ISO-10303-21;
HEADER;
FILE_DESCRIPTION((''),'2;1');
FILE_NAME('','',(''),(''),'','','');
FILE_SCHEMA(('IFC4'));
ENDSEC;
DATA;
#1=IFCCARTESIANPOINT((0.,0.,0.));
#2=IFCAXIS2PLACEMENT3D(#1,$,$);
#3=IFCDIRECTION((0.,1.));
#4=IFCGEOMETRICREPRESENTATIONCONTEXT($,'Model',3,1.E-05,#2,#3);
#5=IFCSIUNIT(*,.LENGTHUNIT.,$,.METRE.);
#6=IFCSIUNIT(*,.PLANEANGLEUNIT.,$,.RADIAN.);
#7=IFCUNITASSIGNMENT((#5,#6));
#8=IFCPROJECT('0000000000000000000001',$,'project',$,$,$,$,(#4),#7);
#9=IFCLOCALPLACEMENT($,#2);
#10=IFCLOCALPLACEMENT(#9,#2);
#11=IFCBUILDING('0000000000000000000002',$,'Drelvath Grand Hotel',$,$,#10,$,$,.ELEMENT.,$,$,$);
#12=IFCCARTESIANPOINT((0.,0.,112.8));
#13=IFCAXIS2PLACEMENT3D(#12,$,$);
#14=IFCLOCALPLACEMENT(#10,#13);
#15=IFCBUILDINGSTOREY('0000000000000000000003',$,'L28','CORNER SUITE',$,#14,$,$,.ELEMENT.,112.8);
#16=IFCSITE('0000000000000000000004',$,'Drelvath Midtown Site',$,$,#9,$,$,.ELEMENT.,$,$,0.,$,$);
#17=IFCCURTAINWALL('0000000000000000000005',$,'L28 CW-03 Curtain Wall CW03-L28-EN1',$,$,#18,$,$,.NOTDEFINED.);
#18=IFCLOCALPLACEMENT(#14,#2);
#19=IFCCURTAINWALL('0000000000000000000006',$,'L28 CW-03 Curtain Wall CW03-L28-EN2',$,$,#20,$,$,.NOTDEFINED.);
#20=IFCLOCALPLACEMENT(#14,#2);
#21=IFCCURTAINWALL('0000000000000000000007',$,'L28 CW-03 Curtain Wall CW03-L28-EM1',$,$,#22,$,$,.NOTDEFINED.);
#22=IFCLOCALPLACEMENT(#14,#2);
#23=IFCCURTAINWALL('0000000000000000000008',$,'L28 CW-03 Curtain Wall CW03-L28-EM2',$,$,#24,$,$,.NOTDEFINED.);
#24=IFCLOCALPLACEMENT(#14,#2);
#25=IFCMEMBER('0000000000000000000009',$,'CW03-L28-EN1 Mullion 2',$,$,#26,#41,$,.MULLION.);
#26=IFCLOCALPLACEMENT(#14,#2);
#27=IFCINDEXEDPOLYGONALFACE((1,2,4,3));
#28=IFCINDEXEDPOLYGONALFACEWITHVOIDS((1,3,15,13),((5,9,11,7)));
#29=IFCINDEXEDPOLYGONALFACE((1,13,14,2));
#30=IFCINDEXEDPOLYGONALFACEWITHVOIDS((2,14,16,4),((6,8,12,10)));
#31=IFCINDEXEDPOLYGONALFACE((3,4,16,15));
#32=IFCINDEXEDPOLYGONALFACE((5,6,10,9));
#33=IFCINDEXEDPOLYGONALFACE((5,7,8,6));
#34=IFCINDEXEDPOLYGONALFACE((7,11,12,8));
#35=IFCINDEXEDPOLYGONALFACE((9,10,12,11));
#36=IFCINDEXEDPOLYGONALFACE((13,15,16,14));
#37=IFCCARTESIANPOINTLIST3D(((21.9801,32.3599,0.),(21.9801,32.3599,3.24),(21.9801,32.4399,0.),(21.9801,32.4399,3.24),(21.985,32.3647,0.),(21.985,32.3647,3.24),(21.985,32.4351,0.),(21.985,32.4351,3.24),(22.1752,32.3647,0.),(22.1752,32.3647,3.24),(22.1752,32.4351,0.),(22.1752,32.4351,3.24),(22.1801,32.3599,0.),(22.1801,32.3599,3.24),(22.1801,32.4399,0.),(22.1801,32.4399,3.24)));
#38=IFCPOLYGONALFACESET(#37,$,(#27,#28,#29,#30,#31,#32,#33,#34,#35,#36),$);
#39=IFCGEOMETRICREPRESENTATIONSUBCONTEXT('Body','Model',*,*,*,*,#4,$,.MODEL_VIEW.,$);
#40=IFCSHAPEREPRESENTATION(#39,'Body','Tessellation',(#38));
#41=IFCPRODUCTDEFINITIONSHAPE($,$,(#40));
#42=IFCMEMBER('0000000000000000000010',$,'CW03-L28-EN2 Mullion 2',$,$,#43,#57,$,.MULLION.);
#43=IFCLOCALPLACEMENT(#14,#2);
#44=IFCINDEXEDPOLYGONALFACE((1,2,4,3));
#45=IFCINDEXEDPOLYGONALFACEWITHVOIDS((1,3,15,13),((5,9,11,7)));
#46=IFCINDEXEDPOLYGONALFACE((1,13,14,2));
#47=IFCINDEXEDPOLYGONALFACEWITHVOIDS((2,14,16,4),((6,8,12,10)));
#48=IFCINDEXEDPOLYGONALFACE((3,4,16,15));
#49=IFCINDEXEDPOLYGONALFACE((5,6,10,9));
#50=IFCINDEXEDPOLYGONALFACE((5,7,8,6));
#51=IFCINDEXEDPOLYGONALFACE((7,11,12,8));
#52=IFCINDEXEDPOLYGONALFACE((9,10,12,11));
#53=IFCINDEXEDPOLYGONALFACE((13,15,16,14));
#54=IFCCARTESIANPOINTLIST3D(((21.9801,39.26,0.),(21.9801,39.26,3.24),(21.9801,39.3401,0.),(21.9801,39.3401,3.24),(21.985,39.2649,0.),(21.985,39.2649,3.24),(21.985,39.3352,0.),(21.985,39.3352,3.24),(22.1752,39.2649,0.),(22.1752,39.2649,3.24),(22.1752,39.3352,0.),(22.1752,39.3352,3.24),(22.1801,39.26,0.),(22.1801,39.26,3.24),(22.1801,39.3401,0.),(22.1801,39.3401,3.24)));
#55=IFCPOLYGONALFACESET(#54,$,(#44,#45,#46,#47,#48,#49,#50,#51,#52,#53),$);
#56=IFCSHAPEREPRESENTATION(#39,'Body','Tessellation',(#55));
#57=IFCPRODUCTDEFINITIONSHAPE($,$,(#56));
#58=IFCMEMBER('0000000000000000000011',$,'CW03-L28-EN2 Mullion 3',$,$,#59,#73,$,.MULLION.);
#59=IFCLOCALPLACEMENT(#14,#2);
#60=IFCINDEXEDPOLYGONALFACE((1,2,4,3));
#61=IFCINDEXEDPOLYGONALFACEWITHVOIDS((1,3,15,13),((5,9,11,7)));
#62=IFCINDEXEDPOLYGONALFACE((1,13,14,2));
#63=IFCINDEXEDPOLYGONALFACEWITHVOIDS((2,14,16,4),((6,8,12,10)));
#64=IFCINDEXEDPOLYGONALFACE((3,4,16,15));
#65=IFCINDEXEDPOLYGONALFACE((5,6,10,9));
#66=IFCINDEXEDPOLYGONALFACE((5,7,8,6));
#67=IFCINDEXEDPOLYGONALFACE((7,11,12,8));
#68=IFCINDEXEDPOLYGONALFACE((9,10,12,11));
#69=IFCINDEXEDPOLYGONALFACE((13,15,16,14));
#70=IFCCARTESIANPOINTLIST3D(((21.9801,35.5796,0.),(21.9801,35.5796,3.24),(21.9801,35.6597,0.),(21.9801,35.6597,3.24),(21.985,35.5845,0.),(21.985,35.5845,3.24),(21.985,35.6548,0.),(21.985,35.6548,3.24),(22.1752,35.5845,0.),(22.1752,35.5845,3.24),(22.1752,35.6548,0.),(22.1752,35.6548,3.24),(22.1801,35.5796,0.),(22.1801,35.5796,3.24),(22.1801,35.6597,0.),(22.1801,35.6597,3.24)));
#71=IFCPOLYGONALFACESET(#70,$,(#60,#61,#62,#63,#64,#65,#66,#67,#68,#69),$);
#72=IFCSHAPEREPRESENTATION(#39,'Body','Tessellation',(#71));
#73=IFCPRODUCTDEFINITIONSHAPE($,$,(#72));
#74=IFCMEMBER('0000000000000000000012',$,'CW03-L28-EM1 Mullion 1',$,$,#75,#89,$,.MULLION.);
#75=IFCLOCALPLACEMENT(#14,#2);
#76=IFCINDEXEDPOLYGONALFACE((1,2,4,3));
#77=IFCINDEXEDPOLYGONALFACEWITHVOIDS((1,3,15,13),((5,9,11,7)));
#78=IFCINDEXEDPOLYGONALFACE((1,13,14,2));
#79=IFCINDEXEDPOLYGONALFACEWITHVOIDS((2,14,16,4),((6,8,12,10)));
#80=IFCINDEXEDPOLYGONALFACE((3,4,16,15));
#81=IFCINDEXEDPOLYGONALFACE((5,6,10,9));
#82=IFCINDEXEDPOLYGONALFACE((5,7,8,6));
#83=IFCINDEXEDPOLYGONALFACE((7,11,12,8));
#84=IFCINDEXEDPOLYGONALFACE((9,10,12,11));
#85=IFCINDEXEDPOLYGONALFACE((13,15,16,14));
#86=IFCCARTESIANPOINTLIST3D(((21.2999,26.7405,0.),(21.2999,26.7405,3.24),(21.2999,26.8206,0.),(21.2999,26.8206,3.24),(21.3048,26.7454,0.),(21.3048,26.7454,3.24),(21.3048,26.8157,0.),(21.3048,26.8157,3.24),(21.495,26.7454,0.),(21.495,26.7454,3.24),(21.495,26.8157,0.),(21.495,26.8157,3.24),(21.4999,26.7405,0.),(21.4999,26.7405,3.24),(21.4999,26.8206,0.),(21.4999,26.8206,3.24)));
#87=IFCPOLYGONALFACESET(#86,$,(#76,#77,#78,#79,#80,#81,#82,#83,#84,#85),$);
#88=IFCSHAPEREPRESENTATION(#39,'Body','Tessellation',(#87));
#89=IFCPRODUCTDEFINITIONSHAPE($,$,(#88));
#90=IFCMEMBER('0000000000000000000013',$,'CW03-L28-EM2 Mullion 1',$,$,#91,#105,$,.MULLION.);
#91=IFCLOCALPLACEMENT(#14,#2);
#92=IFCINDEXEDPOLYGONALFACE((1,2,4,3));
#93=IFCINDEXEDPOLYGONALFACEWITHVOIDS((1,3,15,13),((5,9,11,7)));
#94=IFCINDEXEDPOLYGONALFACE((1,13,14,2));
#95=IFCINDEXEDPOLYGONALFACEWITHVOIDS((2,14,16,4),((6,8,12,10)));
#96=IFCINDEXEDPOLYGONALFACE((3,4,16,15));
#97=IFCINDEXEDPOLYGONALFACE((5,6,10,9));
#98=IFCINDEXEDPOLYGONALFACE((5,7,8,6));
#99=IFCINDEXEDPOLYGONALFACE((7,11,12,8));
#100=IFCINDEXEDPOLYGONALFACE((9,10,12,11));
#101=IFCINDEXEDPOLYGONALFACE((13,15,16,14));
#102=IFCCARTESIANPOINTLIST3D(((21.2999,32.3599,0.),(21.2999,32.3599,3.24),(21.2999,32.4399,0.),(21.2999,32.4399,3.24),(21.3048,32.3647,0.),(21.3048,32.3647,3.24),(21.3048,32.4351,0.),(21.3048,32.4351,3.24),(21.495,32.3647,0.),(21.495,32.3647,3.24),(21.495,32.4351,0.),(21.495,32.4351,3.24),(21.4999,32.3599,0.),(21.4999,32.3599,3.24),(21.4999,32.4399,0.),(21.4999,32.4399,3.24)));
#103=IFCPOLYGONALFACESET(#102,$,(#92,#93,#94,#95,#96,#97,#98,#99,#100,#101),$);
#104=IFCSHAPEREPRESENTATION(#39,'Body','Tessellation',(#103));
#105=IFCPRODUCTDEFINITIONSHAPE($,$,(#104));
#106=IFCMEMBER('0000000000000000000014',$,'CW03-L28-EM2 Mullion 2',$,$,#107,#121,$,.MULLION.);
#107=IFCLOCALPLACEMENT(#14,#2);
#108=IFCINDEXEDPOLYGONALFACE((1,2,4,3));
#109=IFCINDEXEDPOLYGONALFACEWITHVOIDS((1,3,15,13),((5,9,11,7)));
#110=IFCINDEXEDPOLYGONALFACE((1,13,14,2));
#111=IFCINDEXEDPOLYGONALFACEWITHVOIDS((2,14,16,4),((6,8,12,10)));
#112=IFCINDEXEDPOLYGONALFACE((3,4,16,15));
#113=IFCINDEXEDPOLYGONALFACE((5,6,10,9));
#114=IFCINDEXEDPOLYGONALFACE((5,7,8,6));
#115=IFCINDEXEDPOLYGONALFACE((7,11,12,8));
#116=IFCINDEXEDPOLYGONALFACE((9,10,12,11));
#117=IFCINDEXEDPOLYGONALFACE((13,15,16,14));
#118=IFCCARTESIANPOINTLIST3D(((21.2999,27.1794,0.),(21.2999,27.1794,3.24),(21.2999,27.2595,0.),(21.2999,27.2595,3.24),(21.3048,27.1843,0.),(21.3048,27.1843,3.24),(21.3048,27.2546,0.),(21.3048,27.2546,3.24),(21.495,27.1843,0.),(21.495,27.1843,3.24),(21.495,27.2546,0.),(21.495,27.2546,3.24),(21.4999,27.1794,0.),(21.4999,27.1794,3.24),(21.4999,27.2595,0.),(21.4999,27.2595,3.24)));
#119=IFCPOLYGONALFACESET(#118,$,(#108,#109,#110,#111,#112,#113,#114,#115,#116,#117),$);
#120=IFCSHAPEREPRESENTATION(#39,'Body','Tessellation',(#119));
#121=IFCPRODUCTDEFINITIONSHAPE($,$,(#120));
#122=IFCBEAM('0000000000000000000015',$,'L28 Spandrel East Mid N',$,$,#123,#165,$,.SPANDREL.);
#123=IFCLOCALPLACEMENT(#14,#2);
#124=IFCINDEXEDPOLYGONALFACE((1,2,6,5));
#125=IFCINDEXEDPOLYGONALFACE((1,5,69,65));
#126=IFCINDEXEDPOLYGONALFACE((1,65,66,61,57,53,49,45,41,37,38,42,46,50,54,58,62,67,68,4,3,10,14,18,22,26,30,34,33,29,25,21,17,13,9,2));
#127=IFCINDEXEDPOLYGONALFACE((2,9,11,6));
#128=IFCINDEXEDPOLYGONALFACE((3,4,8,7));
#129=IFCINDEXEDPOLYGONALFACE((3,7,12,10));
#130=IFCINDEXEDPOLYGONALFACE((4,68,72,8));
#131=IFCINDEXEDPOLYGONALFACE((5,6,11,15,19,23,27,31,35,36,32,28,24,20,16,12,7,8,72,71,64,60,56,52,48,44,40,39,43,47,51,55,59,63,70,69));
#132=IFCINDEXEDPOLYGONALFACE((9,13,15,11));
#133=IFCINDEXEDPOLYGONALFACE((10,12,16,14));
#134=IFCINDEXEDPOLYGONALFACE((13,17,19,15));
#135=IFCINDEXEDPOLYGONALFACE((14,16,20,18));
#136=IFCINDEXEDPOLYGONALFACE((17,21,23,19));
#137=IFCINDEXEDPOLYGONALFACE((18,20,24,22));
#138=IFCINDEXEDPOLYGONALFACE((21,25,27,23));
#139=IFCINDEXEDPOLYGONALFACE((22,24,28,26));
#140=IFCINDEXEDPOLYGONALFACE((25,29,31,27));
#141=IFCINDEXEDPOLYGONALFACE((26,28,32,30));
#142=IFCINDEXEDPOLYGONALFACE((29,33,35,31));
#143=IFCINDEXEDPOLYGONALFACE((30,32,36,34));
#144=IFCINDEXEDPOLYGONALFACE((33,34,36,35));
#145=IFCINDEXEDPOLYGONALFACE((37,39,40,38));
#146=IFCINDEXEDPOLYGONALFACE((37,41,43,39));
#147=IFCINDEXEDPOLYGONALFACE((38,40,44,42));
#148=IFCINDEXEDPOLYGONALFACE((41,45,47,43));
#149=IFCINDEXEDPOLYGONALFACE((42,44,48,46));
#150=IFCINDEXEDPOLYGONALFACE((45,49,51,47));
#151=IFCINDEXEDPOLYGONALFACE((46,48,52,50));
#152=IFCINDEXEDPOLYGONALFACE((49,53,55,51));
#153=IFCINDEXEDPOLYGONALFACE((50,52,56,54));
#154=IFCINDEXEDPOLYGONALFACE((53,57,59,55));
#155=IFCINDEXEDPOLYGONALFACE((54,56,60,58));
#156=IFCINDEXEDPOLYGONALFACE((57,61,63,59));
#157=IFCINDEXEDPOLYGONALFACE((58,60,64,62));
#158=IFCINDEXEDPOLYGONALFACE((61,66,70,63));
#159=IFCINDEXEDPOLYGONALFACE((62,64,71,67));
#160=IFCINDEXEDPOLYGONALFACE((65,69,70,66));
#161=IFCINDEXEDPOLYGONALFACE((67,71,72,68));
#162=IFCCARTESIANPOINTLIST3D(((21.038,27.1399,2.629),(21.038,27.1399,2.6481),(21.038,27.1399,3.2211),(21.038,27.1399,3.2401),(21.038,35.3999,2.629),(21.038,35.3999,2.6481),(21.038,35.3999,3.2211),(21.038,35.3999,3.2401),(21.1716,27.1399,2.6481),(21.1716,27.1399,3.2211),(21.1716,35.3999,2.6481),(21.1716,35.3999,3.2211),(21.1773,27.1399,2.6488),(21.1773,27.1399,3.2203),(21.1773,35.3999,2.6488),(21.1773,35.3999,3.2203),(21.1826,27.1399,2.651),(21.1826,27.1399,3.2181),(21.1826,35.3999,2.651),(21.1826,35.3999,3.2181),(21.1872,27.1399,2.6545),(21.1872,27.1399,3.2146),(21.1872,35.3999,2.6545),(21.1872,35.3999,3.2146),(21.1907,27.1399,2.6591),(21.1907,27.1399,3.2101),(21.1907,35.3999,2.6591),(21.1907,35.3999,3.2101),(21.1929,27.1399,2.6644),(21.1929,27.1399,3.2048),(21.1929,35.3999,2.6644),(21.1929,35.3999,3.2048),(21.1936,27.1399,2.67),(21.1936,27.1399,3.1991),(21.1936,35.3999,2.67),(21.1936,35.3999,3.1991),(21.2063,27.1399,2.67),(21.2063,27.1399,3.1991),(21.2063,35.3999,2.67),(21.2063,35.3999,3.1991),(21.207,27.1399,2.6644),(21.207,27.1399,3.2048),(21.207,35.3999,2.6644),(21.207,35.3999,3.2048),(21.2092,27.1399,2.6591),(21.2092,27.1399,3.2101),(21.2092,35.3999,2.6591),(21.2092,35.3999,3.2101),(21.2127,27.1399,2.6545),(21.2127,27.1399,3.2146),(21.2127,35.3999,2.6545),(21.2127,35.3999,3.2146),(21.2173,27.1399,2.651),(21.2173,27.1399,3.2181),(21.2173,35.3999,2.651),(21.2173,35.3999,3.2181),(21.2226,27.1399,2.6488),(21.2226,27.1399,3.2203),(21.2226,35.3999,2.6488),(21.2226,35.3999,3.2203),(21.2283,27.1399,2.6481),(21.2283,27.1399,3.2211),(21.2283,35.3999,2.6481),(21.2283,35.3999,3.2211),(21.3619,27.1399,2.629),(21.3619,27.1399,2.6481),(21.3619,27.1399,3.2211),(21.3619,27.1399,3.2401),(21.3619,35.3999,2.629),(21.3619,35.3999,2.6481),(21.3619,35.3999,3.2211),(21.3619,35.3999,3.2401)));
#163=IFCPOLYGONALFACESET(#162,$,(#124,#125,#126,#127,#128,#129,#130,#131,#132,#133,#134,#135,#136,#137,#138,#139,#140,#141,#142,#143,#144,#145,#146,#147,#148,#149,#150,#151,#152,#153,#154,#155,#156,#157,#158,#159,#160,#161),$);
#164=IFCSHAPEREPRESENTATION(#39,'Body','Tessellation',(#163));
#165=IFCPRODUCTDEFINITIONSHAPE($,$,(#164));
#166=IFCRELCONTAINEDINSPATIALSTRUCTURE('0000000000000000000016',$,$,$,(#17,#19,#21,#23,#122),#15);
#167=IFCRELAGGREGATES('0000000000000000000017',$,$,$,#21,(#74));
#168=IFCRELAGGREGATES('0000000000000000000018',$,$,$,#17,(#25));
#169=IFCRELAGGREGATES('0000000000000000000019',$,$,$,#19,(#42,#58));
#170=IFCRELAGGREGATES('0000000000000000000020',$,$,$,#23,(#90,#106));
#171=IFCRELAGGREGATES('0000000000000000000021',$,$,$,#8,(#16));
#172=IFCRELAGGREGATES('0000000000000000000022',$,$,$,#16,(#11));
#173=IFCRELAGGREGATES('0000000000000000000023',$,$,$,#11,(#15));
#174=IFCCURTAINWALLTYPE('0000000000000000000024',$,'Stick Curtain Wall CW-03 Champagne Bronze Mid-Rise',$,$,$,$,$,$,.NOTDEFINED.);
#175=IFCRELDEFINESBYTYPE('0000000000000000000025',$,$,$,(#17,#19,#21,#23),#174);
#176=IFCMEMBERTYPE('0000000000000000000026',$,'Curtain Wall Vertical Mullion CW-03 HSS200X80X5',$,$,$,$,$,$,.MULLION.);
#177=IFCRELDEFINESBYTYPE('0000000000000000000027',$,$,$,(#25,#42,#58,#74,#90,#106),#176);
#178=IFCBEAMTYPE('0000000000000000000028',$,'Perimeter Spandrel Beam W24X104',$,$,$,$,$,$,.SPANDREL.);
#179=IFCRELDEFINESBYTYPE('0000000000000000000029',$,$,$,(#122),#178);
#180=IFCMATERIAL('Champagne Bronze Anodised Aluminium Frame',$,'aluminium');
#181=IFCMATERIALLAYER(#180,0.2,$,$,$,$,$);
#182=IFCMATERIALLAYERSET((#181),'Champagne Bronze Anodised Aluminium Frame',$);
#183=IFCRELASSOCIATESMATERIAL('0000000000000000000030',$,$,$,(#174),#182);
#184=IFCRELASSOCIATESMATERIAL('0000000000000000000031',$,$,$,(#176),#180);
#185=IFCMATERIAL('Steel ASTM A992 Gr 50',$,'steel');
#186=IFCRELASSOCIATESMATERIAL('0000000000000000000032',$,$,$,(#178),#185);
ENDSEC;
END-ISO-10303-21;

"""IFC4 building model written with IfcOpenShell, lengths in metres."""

from ifc_helpers import new_model, si_unit, direction, frame, origin, origin_2d, place, context, subcontext, project, spatial, hollow_rectangle, i_section, extrude, material, layer, layer_set, material_profile, profile_set, type_object, element, aggregate, save


model = new_model("IFC4")

# Units and contexts
model_context = context("Model", 3, precision=1e-05, world=origin(), true_north=direction((0.0, 1.0)))
body_context = subcontext(model_context, "Body", "Model", "MODEL_VIEW")
ifc_project = project(units=[si_unit("LENGTHUNIT", "METRE"), si_unit("PLANEANGLEUNIT", "RADIAN")], contexts=[model_context])

# Site, building, storey
site_placement = place(None, origin())
site = spatial("IfcSite", under=ifc_project, at=site_placement, Name="Drelvath Midtown Site", CompositionType="ELEMENT", RefElevation=0.0)
building_placement = place(site_placement, origin())
building = spatial("IfcBuilding", under=site, at=building_placement, Name="Drelvath Grand Hotel", CompositionType="ELEMENT")
storey_placement = place(building_placement, frame((0.0, 0.0, 112.8)))
storey = spatial("IfcBuildingStorey", under=building, at=storey_placement, Name="L28", Description="CORNER SUITE", CompositionType="ELEMENT", Elevation=112.8)

# Curtain walls
ifc_material_1 = material(Name="Champagne Bronze Anodised Aluminium Frame", Category="aluminium")
ifc_layer_1 = layer(ifc_material_1, 0.2)
ifc_layer_set_1 = layer_set([ifc_layer_1], Name="Champagne Bronze Anodised Aluminium Frame")
curtain_wall_type = type_object("IfcCurtainWallType", Name="Stick Curtain Wall CW-03 Champagne Bronze Mid-Rise", PredefinedType="NOTDEFINED", material=ifc_layer_set_1)
curtain_wall_1_placement = place(storey_placement, origin())
curtain_wall_1 = element("IfcCurtainWall", 1, at=curtain_wall_1_placement, inside=storey, type_object=curtain_wall_type, Name="L28 CW-03 Curtain Wall CW03-L28-EN1", PredefinedType="NOTDEFINED")
curtain_wall_2_placement = place(storey_placement, origin())
curtain_wall_2 = element("IfcCurtainWall", 2, at=curtain_wall_2_placement, inside=storey, type_object=curtain_wall_type, Name="L28 CW-03 Curtain Wall CW03-L28-EN2", PredefinedType="NOTDEFINED")
curtain_wall_3_placement = place(storey_placement, origin())
curtain_wall_3 = element("IfcCurtainWall", 3, at=curtain_wall_3_placement, inside=storey, type_object=curtain_wall_type, Name="L28 CW-03 Curtain Wall CW03-L28-EM1", PredefinedType="NOTDEFINED")
curtain_wall_4_placement = place(storey_placement, origin())
curtain_wall_4 = element("IfcCurtainWall", 4, at=curtain_wall_4_placement, inside=storey, type_object=curtain_wall_type, Name="L28 CW-03 Curtain Wall CW03-L28-EM2", PredefinedType="NOTDEFINED")

# Members
ifc_material_profile_1 = material_profile(ifc_material_1, hollow_rectangle(XDim=0.0801, YDim=0.2, WallThickness=0.0049, at=origin_2d()), Name="HSS200X80X5")
ifc_profile_set_1 = profile_set([ifc_material_profile_1], Name="Champagne Bronze Anodised Aluminium Frame")
member_type_1 = type_object("IfcMemberType", Name="Curtain Wall Vertical Mullion CW-03 HSS200X80X5", PredefinedType="MULLION", material=ifc_profile_set_1)
member_1_placement = place(storey_placement, frame((22.0801, 32.3999, 0.0), z_axis=(0.0, 0.0, 1.0), x_axis=(0.0, 1.0, 0.0)))
member_1 = element("IfcMember", 5, at=member_1_placement, type_object=member_type_1, Name="CW03-L28-EN1 Mullion 2", PredefinedType="MULLION", context=body_context, shape_type="SweptSolid", body=[
    extrude(hollow_rectangle(XDim=0.0801, YDim=0.2, WallThickness=0.0049, at=origin_2d()), origin(), (0.0, 0.0, 1.0), 3.24),
])
member_2_placement = place(storey_placement, frame((22.0801, 39.3, 0.0), z_axis=(0.0, 0.0, 1.0), x_axis=(0.0, 1.0, 0.0)))
member_2 = element("IfcMember", 6, at=member_2_placement, type_object=member_type_1, Name="CW03-L28-EN2 Mullion 2", PredefinedType="MULLION", context=body_context, shape_type="SweptSolid", body=[
    extrude(hollow_rectangle(XDim=0.0801, YDim=0.2, WallThickness=0.0049, at=origin_2d()), origin(), (0.0, 0.0, 1.0), 3.24),
])
member_3_placement = place(storey_placement, frame((22.0801, 35.6196, 0.0), z_axis=(0.0, 0.0, 1.0), x_axis=(0.0, 1.0, 0.0)))
member_3 = element("IfcMember", 7, at=member_3_placement, type_object=member_type_1, Name="CW03-L28-EN2 Mullion 3", PredefinedType="MULLION", context=body_context, shape_type="SweptSolid", body=[
    extrude(hollow_rectangle(XDim=0.0801, YDim=0.2, WallThickness=0.0049, at=origin_2d()), origin(), (0.0, 0.0, 1.0), 3.24),
])
member_4_placement = place(storey_placement, frame((21.3999, 26.7805, 0.0), z_axis=(0.0, 0.0, 1.0), x_axis=(0.0, 1.0, 0.0)))
member_4 = element("IfcMember", 8, at=member_4_placement, type_object=member_type_1, Name="CW03-L28-EM1 Mullion 1", PredefinedType="MULLION", context=body_context, shape_type="SweptSolid", body=[
    extrude(hollow_rectangle(XDim=0.0801, YDim=0.2, WallThickness=0.0049, at=origin_2d()), origin(), (0.0, 0.0, 1.0), 3.24),
])
aggregate(curtain_wall_3, [member_4])
member_5_placement = place(storey_placement, frame((21.3999, 32.3999, 0.0), z_axis=(0.0, 0.0, 1.0), x_axis=(0.0, 1.0, 0.0)))
member_5 = element("IfcMember", 9, at=member_5_placement, type_object=member_type_1, Name="CW03-L28-EM2 Mullion 1", PredefinedType="MULLION", context=body_context, shape_type="SweptSolid", body=[
    extrude(hollow_rectangle(XDim=0.0801, YDim=0.2, WallThickness=0.0049, at=origin_2d()), origin(), (0.0, 0.0, 1.0), 3.24),
])
member_6_placement = place(storey_placement, frame((21.3999, 27.2195, 0.0), z_axis=(0.0, 0.0, 1.0), x_axis=(0.0, 1.0, 0.0)))
member_6 = element("IfcMember", 10, at=member_6_placement, type_object=member_type_1, Name="CW03-L28-EM2 Mullion 2", PredefinedType="MULLION", context=body_context, shape_type="SweptSolid", body=[
    extrude(hollow_rectangle(XDim=0.0801, YDim=0.2, WallThickness=0.0049, at=origin_2d()), origin(), (0.0, 0.0, 1.0), 3.24),
])

# Beam
ifc_material_2 = material(Name="Steel ASTM A992 Gr 50", Category="steel")
ifc_material_profile_2 = material_profile(ifc_material_2, i_section(OverallWidth=0.324, OverallDepth=0.6111, WebThickness=0.0127, FlangeThickness=0.019, FilletRadius=0.022, at=origin_2d()), Name="W24X104")
ifc_profile_set_2 = profile_set([ifc_material_profile_2], Name="Steel ASTM A992 Gr 50")
beam_type_1 = type_object("IfcBeamType", Name="Perimeter Spandrel Beam W24X104", PredefinedType="SPANDREL", material=ifc_profile_set_2)
beam_1_placement = place(storey_placement, frame((21.2, 27.1399, 2.9346), z_axis=(0.0, 1.0, 0.0), x_axis=(-1.0, 0.0, 0.0)))
element("IfcBeam", 11, at=beam_1_placement, inside=storey, type_object=beam_type_1, Name="L28 Spandrel East Mid N", PredefinedType="SPANDREL", context=body_context, shape_type="SweptSolid", body=[
    extrude(i_section(OverallWidth=0.324, OverallDepth=0.6111, WebThickness=0.0127, FlangeThickness=0.019, FilletRadius=0.022, at=origin_2d()), origin(), (0.0, 0.0, 1.0), 8.26),
])

aggregate(curtain_wall_1, [member_1])
aggregate(curtain_wall_2, [member_2, member_3])
aggregate(curtain_wall_4, [member_5, member_6])

save(model, "model.ifc")
